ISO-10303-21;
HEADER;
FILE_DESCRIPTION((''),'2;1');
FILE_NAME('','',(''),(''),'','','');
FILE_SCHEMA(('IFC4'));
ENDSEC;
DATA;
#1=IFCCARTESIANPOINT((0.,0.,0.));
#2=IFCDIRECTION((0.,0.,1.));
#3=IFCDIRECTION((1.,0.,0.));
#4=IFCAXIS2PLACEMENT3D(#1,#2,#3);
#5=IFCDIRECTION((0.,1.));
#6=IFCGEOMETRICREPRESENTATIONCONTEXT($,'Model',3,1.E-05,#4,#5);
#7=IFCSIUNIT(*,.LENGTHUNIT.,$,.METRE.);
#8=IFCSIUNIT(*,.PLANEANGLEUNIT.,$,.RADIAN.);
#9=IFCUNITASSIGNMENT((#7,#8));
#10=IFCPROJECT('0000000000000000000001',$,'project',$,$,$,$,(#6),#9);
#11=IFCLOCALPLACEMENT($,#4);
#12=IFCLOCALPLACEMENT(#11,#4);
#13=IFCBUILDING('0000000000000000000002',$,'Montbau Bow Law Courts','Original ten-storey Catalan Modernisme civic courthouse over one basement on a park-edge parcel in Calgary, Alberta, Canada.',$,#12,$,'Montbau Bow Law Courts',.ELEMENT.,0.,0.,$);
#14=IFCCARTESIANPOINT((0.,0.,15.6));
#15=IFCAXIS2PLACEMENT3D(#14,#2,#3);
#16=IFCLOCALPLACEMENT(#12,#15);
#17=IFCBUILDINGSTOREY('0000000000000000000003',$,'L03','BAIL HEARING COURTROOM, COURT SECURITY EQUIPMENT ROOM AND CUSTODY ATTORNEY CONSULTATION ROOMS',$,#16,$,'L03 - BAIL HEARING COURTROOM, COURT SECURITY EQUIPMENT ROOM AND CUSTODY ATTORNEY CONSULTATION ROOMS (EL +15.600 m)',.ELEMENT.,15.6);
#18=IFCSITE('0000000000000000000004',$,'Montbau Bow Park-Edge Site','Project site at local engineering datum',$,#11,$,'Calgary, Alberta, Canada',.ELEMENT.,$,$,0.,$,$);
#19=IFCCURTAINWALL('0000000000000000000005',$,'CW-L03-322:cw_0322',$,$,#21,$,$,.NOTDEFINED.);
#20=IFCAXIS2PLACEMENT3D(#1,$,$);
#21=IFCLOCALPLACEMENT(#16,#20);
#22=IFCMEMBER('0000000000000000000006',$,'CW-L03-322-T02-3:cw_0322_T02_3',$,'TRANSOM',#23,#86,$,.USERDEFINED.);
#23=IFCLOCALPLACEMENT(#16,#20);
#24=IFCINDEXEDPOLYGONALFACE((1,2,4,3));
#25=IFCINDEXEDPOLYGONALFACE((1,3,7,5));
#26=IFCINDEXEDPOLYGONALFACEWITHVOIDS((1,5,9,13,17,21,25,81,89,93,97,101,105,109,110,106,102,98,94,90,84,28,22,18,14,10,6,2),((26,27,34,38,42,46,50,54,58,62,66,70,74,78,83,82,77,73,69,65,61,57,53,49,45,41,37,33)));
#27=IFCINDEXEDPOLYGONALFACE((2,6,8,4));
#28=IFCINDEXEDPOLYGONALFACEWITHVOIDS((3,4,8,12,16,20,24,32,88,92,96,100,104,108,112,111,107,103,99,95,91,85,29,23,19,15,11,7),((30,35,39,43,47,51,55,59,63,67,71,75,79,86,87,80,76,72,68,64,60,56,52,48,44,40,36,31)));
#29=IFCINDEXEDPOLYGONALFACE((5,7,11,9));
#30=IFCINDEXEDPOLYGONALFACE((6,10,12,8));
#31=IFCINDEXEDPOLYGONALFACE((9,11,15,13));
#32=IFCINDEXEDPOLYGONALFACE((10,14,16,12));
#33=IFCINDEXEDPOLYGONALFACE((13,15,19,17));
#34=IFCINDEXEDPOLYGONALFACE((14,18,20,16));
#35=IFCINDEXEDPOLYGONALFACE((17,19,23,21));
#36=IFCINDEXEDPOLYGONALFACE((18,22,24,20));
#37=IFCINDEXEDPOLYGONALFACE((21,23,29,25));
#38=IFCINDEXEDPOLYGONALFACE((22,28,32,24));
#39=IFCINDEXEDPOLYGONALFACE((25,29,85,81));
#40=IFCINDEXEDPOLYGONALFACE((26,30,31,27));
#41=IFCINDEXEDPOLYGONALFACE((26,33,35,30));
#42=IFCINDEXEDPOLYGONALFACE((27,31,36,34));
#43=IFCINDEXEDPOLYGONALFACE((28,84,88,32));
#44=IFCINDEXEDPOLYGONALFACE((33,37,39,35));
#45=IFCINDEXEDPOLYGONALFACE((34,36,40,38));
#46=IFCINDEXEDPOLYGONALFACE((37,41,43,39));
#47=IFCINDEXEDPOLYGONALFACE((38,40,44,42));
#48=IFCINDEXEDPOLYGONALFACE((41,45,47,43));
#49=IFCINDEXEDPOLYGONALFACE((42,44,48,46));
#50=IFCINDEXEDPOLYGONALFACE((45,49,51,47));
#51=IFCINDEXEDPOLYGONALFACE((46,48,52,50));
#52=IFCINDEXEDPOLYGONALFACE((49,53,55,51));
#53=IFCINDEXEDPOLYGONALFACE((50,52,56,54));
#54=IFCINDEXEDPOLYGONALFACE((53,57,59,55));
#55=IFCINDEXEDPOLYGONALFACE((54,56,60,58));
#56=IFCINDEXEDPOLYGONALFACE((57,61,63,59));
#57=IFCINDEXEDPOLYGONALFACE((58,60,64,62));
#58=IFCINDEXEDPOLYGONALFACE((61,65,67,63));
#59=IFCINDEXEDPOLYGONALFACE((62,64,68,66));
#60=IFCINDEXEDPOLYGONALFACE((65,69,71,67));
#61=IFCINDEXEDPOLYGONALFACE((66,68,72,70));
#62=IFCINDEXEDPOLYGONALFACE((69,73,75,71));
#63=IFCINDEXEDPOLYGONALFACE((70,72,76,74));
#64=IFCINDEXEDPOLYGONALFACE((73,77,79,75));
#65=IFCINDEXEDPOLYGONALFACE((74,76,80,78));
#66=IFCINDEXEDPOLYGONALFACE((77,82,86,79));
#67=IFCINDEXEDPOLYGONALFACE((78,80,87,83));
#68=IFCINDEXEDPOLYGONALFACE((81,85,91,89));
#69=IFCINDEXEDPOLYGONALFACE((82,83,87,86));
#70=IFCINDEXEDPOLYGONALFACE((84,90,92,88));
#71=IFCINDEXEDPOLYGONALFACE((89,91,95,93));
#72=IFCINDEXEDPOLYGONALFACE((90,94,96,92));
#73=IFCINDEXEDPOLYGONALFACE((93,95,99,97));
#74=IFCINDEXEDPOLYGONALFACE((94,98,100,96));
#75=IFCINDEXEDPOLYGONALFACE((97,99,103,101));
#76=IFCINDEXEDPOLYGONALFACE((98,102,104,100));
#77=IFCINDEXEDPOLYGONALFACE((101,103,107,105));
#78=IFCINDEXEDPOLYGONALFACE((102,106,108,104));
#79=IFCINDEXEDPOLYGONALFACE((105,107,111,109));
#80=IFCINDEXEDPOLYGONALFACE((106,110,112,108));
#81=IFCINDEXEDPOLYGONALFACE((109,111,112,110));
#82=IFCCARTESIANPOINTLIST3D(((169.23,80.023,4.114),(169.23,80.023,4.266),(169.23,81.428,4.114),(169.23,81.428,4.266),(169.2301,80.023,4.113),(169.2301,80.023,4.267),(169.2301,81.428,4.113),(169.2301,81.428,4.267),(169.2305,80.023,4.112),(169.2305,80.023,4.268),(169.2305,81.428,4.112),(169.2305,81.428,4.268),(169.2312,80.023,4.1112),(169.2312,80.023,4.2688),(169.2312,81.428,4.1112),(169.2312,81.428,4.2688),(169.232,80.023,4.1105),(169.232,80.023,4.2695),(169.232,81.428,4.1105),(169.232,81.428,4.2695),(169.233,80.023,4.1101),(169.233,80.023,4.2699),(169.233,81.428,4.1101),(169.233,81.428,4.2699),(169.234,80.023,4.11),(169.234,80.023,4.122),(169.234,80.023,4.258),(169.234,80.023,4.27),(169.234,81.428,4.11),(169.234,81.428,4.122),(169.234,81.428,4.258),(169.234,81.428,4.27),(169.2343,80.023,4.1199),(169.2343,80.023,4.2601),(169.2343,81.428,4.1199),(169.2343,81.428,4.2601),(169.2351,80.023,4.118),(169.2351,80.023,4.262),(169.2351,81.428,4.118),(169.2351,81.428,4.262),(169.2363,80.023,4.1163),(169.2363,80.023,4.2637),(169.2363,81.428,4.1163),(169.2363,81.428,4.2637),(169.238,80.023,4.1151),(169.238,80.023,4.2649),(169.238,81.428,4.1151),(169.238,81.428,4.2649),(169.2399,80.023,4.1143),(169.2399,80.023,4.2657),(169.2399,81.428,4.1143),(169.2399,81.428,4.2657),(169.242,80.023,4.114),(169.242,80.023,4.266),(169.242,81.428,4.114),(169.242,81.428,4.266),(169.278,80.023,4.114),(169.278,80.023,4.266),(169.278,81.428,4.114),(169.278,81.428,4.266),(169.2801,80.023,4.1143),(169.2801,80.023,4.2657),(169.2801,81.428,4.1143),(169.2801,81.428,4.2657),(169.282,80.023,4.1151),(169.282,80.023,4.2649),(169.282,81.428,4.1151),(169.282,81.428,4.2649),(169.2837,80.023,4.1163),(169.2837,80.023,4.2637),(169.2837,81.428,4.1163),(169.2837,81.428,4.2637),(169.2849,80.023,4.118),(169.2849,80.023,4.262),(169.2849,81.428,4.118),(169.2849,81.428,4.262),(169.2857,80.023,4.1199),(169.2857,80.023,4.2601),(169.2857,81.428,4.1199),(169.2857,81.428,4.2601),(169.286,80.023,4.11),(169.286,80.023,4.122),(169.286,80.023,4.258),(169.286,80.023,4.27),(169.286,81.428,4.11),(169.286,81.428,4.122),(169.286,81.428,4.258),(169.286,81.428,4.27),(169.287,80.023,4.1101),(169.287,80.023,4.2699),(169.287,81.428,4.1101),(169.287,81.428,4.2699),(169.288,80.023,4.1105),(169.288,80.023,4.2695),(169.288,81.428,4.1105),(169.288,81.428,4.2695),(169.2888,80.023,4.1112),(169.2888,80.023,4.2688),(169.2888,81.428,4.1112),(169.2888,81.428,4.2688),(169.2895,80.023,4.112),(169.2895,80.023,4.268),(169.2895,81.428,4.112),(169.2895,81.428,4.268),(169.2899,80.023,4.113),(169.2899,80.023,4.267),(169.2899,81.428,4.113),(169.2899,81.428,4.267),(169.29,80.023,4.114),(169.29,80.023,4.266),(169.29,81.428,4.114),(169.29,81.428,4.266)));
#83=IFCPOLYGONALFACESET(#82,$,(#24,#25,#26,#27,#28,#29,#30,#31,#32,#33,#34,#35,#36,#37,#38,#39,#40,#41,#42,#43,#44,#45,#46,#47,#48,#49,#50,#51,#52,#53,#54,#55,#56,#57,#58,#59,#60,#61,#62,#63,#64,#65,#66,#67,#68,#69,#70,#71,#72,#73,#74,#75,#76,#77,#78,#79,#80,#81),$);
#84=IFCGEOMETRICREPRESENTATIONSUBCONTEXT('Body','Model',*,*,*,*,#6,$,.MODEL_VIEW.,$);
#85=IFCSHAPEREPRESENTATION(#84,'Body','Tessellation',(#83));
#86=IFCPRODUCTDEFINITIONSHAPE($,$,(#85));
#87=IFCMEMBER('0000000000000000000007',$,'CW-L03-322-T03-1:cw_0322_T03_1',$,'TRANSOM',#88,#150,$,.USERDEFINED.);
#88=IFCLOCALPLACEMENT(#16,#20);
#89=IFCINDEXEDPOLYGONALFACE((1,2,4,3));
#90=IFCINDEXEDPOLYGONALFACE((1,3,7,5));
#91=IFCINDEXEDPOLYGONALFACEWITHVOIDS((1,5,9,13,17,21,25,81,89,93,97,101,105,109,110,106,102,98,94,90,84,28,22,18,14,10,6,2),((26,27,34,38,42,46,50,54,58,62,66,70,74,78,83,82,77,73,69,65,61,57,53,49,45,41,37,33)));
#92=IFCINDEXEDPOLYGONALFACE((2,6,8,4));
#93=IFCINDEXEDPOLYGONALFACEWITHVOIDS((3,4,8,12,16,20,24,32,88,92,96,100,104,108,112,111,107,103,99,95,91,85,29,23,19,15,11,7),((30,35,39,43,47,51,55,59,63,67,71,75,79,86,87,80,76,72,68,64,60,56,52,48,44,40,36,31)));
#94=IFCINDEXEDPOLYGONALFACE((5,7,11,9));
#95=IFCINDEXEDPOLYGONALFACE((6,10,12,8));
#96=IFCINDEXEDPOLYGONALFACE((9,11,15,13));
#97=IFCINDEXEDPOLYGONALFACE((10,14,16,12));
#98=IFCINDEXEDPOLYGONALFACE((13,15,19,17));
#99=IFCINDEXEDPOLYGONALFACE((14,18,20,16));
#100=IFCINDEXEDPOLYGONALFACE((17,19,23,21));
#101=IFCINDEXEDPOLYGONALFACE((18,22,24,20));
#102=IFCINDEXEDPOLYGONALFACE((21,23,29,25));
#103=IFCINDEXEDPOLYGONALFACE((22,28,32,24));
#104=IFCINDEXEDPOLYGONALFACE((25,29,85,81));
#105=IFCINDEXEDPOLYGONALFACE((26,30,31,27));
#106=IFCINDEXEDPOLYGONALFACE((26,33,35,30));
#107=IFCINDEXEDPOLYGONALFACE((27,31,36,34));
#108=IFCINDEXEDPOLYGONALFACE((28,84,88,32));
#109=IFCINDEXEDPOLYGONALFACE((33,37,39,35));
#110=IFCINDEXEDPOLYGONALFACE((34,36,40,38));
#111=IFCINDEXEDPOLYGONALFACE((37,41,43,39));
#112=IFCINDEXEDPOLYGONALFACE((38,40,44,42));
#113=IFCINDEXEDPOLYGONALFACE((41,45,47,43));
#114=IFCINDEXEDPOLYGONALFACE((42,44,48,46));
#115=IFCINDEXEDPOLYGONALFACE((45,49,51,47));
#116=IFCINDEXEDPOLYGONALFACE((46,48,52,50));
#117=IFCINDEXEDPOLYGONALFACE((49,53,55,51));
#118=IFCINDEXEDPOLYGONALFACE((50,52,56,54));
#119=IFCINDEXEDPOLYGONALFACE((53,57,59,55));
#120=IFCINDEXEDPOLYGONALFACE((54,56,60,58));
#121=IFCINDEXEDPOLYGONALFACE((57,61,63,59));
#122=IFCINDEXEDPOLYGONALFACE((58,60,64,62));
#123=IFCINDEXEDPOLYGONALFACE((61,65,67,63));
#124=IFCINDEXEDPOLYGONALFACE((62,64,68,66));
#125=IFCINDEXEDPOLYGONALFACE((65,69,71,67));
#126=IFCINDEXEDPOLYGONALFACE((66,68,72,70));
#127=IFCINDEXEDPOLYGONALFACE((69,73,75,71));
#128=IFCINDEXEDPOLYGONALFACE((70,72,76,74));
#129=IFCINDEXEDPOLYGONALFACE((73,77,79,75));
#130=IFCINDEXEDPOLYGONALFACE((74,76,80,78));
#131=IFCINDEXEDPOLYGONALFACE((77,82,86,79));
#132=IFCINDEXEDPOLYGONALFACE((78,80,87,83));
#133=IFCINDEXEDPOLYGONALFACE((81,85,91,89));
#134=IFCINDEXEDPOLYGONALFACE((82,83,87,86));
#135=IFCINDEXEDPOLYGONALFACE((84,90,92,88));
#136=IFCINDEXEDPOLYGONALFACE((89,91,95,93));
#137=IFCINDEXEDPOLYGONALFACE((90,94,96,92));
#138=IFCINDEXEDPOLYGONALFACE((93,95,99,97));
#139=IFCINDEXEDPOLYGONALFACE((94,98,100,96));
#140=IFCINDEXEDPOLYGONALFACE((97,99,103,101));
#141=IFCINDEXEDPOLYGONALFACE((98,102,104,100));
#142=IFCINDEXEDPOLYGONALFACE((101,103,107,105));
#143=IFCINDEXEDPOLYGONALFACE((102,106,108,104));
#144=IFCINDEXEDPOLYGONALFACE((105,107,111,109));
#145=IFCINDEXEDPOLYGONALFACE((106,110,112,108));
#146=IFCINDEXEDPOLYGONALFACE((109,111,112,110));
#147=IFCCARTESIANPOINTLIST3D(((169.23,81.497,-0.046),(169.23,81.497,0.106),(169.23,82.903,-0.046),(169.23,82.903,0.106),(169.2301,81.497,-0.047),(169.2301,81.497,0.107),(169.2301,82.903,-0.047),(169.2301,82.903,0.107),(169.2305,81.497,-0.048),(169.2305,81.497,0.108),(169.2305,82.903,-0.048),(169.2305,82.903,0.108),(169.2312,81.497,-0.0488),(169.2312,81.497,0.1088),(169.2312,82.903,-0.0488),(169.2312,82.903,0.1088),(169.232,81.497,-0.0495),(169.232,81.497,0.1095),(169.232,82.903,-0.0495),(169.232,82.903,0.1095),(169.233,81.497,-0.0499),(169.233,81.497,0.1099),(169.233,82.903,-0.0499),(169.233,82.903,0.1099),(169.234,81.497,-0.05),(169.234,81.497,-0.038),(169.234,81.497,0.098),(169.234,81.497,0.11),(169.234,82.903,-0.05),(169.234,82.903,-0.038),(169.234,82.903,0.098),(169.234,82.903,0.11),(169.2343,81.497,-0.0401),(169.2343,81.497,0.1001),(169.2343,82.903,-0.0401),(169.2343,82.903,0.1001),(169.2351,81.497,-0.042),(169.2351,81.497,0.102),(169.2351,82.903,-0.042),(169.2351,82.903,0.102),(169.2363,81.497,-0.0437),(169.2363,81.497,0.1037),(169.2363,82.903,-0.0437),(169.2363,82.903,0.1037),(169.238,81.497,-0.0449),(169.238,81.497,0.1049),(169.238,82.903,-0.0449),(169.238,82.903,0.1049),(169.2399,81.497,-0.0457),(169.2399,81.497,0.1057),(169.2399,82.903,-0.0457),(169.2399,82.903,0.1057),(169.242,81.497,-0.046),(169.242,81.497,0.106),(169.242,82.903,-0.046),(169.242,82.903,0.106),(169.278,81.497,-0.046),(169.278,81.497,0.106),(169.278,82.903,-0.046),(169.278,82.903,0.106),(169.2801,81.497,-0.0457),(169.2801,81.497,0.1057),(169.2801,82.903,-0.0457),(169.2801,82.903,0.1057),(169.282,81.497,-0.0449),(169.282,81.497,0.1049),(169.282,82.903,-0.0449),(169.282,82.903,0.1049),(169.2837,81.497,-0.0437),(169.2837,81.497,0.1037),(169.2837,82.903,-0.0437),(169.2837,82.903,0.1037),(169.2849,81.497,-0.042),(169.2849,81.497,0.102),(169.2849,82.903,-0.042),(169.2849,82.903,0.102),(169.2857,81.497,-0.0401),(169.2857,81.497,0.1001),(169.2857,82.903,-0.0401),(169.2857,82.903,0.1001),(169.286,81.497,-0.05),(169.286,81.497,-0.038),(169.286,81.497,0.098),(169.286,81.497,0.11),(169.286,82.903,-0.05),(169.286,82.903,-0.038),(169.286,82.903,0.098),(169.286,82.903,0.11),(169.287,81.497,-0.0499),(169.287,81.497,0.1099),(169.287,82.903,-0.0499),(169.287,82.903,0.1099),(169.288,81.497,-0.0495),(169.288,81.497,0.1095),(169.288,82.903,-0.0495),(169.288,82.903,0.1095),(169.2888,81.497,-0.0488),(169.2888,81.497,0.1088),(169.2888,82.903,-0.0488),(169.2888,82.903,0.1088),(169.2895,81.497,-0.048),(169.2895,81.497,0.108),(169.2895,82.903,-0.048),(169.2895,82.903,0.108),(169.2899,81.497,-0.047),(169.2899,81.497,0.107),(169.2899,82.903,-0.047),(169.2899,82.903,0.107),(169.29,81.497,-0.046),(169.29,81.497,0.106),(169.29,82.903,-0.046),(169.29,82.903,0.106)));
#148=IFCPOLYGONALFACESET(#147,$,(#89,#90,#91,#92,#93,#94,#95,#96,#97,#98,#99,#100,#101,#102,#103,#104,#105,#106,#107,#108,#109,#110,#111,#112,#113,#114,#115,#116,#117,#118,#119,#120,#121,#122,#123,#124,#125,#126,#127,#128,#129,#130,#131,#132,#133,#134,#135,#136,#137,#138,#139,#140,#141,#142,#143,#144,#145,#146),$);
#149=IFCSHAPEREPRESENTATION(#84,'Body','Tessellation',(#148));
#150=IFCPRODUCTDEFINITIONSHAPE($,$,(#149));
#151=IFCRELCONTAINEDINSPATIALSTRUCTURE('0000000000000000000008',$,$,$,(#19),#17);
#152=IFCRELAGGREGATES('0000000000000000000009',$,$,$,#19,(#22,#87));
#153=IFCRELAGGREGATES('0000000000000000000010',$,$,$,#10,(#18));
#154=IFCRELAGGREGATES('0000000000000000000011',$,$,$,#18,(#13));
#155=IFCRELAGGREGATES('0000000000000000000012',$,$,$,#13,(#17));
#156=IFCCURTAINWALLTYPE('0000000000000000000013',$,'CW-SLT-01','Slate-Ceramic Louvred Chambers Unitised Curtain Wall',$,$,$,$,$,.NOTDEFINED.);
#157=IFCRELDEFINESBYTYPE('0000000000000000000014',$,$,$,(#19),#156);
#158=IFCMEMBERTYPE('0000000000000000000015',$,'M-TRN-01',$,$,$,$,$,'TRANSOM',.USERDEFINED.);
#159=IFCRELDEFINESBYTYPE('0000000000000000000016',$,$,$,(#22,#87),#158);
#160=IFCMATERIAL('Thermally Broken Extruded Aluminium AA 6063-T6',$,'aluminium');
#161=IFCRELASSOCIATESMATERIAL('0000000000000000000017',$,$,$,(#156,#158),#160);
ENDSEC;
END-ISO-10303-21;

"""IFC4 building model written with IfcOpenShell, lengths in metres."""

from ifc_helpers import new_model, si_unit, direction, frame, origin_with_axes, origin_2d_with_axis, place, context, subcontext, project, spatial, hollow_rectangle, extrude, material, material_profile, profile_set, type_object, element, aggregate, save


model = new_model("IFC4")

# Units and contexts
model_context = context("Model", 3, precision=1e-05, world=origin_with_axes(), true_north=direction((0.0, 1.0)))
body_context = subcontext(model_context, "Body", "Model", "MODEL_VIEW")
ifc_project = project(units=[si_unit("LENGTHUNIT", "METRE"), si_unit("PLANEANGLEUNIT", "RADIAN")], contexts=[model_context])

# Site, building, storey
site_placement = place(None, origin_with_axes())
site = spatial("IfcSite", under=ifc_project, at=site_placement, Name="Montbau Bow Park-Edge Site", Description="Project site at local engineering datum", LongName="Calgary, Alberta, Canada", CompositionType="ELEMENT", RefElevation=0.0)
building_placement = place(site_placement, origin_with_axes())
building = spatial("IfcBuilding", under=site, at=building_placement, Name="Montbau Bow Law Courts", Description="Original ten-storey Catalan Modernisme civic courthouse over one basement on a park-edge parcel in Calgary, Alberta, Canada.", LongName="Montbau Bow Law Courts", CompositionType="ELEMENT", ElevationOfRefHeight=0.0, ElevationOfTerrain=0.0)
storey_placement = place(building_placement, frame((0.0, 0.0, 15.6), z_axis=(0.0, 0.0, 1.0), x_axis=(1.0, 0.0, 0.0)))
storey = spatial("IfcBuildingStorey", under=building, at=storey_placement, Name="L03", Description="BAIL HEARING COURTROOM, COURT SECURITY EQUIPMENT ROOM AND CUSTODY ATTORNEY CONSULTATION ROOMS", LongName="L03 - BAIL HEARING COURTROOM, COURT SECURITY EQUIPMENT ROOM AND CUSTODY ATTORNEY CONSULTATION ROOMS (EL +15.600 m)", CompositionType="ELEMENT", Elevation=15.6)

# Curtain wall, members
ifc_material_1 = material(Name="Thermally Broken Extruded Aluminium AA 6063-T6", Category="aluminium")
curtain_wall_type = type_object("IfcCurtainWallType", Name="CW-SLT-01", Description="Slate-Ceramic Louvred Chambers Unitised Curtain Wall", PredefinedType="NOTDEFINED", material=ifc_material_1)
curtain_wall_placement = place(None, frame((169.26, 78.515, 15.6), z_axis=(0.0, 0.0, 1.0), x_axis=(1.0, 0.0, 0.0)))
curtain_wall = element("IfcCurtainWall", 1, at=curtain_wall_placement, inside=storey, type_object=curtain_wall_type, Name="CW-L03-322:cw_0322", PredefinedType="NOTDEFINED")
ifc_material_profile_1 = material_profile(ifc_material_1, hollow_rectangle(XDim=0.06, YDim=0.16, WallThickness=0.004, InnerFilletRadius=0.008, OuterFilletRadius=0.004, at=origin_2d_with_axis()), Name="CWT-160X60", Category="Main", Priority=0)
ifc_profile_set_1 = profile_set([ifc_material_profile_1], Name="Thermally Broken Extruded Aluminium AA 6063-T6")
member_type_1 = type_object("IfcMemberType", Name="M-TRN-01", ElementType="TRANSOM", PredefinedType="USERDEFINED", material=ifc_profile_set_1)
member_1_placement = place(None, frame((169.26, 80.023, 19.79), z_axis=(0.0, 1.0, 0.0), x_axis=(-1.0, 0.0, 0.0)))
member_1 = element("IfcMember", 2, at=member_1_placement, type_object=member_type_1, Name="CW-L03-322-T02-3:cw_0322_T02_3", ObjectType="TRANSOM", PredefinedType="USERDEFINED", context=body_context, shape_type="SweptSolid", body=[
    extrude(hollow_rectangle(XDim=0.06, YDim=0.16, WallThickness=0.004, InnerFilletRadius=0.008, OuterFilletRadius=0.004, at=origin_2d_with_axis()), origin_with_axes(), (0.0, 0.0, 1.0), 1.405),
])
member_2_placement = place(None, frame((169.26, 81.497, 15.63), z_axis=(0.0, 1.0, 0.0), x_axis=(-1.0, 0.0, 0.0)))
member_2 = element("IfcMember", 3, at=member_2_placement, type_object=member_type_1, Name="CW-L03-322-T03-1:cw_0322_T03_1", ObjectType="TRANSOM", PredefinedType="USERDEFINED", context=body_context, shape_type="SweptSolid", body=[
    extrude(hollow_rectangle(XDim=0.06, YDim=0.16, WallThickness=0.004, InnerFilletRadius=0.008, OuterFilletRadius=0.004, at=origin_2d_with_axis()), origin_with_axes(), (0.0, 0.0, 1.0), 1.406),
])
aggregate(curtain_wall, [member_1, member_2])

save(model, "model.ifc")
